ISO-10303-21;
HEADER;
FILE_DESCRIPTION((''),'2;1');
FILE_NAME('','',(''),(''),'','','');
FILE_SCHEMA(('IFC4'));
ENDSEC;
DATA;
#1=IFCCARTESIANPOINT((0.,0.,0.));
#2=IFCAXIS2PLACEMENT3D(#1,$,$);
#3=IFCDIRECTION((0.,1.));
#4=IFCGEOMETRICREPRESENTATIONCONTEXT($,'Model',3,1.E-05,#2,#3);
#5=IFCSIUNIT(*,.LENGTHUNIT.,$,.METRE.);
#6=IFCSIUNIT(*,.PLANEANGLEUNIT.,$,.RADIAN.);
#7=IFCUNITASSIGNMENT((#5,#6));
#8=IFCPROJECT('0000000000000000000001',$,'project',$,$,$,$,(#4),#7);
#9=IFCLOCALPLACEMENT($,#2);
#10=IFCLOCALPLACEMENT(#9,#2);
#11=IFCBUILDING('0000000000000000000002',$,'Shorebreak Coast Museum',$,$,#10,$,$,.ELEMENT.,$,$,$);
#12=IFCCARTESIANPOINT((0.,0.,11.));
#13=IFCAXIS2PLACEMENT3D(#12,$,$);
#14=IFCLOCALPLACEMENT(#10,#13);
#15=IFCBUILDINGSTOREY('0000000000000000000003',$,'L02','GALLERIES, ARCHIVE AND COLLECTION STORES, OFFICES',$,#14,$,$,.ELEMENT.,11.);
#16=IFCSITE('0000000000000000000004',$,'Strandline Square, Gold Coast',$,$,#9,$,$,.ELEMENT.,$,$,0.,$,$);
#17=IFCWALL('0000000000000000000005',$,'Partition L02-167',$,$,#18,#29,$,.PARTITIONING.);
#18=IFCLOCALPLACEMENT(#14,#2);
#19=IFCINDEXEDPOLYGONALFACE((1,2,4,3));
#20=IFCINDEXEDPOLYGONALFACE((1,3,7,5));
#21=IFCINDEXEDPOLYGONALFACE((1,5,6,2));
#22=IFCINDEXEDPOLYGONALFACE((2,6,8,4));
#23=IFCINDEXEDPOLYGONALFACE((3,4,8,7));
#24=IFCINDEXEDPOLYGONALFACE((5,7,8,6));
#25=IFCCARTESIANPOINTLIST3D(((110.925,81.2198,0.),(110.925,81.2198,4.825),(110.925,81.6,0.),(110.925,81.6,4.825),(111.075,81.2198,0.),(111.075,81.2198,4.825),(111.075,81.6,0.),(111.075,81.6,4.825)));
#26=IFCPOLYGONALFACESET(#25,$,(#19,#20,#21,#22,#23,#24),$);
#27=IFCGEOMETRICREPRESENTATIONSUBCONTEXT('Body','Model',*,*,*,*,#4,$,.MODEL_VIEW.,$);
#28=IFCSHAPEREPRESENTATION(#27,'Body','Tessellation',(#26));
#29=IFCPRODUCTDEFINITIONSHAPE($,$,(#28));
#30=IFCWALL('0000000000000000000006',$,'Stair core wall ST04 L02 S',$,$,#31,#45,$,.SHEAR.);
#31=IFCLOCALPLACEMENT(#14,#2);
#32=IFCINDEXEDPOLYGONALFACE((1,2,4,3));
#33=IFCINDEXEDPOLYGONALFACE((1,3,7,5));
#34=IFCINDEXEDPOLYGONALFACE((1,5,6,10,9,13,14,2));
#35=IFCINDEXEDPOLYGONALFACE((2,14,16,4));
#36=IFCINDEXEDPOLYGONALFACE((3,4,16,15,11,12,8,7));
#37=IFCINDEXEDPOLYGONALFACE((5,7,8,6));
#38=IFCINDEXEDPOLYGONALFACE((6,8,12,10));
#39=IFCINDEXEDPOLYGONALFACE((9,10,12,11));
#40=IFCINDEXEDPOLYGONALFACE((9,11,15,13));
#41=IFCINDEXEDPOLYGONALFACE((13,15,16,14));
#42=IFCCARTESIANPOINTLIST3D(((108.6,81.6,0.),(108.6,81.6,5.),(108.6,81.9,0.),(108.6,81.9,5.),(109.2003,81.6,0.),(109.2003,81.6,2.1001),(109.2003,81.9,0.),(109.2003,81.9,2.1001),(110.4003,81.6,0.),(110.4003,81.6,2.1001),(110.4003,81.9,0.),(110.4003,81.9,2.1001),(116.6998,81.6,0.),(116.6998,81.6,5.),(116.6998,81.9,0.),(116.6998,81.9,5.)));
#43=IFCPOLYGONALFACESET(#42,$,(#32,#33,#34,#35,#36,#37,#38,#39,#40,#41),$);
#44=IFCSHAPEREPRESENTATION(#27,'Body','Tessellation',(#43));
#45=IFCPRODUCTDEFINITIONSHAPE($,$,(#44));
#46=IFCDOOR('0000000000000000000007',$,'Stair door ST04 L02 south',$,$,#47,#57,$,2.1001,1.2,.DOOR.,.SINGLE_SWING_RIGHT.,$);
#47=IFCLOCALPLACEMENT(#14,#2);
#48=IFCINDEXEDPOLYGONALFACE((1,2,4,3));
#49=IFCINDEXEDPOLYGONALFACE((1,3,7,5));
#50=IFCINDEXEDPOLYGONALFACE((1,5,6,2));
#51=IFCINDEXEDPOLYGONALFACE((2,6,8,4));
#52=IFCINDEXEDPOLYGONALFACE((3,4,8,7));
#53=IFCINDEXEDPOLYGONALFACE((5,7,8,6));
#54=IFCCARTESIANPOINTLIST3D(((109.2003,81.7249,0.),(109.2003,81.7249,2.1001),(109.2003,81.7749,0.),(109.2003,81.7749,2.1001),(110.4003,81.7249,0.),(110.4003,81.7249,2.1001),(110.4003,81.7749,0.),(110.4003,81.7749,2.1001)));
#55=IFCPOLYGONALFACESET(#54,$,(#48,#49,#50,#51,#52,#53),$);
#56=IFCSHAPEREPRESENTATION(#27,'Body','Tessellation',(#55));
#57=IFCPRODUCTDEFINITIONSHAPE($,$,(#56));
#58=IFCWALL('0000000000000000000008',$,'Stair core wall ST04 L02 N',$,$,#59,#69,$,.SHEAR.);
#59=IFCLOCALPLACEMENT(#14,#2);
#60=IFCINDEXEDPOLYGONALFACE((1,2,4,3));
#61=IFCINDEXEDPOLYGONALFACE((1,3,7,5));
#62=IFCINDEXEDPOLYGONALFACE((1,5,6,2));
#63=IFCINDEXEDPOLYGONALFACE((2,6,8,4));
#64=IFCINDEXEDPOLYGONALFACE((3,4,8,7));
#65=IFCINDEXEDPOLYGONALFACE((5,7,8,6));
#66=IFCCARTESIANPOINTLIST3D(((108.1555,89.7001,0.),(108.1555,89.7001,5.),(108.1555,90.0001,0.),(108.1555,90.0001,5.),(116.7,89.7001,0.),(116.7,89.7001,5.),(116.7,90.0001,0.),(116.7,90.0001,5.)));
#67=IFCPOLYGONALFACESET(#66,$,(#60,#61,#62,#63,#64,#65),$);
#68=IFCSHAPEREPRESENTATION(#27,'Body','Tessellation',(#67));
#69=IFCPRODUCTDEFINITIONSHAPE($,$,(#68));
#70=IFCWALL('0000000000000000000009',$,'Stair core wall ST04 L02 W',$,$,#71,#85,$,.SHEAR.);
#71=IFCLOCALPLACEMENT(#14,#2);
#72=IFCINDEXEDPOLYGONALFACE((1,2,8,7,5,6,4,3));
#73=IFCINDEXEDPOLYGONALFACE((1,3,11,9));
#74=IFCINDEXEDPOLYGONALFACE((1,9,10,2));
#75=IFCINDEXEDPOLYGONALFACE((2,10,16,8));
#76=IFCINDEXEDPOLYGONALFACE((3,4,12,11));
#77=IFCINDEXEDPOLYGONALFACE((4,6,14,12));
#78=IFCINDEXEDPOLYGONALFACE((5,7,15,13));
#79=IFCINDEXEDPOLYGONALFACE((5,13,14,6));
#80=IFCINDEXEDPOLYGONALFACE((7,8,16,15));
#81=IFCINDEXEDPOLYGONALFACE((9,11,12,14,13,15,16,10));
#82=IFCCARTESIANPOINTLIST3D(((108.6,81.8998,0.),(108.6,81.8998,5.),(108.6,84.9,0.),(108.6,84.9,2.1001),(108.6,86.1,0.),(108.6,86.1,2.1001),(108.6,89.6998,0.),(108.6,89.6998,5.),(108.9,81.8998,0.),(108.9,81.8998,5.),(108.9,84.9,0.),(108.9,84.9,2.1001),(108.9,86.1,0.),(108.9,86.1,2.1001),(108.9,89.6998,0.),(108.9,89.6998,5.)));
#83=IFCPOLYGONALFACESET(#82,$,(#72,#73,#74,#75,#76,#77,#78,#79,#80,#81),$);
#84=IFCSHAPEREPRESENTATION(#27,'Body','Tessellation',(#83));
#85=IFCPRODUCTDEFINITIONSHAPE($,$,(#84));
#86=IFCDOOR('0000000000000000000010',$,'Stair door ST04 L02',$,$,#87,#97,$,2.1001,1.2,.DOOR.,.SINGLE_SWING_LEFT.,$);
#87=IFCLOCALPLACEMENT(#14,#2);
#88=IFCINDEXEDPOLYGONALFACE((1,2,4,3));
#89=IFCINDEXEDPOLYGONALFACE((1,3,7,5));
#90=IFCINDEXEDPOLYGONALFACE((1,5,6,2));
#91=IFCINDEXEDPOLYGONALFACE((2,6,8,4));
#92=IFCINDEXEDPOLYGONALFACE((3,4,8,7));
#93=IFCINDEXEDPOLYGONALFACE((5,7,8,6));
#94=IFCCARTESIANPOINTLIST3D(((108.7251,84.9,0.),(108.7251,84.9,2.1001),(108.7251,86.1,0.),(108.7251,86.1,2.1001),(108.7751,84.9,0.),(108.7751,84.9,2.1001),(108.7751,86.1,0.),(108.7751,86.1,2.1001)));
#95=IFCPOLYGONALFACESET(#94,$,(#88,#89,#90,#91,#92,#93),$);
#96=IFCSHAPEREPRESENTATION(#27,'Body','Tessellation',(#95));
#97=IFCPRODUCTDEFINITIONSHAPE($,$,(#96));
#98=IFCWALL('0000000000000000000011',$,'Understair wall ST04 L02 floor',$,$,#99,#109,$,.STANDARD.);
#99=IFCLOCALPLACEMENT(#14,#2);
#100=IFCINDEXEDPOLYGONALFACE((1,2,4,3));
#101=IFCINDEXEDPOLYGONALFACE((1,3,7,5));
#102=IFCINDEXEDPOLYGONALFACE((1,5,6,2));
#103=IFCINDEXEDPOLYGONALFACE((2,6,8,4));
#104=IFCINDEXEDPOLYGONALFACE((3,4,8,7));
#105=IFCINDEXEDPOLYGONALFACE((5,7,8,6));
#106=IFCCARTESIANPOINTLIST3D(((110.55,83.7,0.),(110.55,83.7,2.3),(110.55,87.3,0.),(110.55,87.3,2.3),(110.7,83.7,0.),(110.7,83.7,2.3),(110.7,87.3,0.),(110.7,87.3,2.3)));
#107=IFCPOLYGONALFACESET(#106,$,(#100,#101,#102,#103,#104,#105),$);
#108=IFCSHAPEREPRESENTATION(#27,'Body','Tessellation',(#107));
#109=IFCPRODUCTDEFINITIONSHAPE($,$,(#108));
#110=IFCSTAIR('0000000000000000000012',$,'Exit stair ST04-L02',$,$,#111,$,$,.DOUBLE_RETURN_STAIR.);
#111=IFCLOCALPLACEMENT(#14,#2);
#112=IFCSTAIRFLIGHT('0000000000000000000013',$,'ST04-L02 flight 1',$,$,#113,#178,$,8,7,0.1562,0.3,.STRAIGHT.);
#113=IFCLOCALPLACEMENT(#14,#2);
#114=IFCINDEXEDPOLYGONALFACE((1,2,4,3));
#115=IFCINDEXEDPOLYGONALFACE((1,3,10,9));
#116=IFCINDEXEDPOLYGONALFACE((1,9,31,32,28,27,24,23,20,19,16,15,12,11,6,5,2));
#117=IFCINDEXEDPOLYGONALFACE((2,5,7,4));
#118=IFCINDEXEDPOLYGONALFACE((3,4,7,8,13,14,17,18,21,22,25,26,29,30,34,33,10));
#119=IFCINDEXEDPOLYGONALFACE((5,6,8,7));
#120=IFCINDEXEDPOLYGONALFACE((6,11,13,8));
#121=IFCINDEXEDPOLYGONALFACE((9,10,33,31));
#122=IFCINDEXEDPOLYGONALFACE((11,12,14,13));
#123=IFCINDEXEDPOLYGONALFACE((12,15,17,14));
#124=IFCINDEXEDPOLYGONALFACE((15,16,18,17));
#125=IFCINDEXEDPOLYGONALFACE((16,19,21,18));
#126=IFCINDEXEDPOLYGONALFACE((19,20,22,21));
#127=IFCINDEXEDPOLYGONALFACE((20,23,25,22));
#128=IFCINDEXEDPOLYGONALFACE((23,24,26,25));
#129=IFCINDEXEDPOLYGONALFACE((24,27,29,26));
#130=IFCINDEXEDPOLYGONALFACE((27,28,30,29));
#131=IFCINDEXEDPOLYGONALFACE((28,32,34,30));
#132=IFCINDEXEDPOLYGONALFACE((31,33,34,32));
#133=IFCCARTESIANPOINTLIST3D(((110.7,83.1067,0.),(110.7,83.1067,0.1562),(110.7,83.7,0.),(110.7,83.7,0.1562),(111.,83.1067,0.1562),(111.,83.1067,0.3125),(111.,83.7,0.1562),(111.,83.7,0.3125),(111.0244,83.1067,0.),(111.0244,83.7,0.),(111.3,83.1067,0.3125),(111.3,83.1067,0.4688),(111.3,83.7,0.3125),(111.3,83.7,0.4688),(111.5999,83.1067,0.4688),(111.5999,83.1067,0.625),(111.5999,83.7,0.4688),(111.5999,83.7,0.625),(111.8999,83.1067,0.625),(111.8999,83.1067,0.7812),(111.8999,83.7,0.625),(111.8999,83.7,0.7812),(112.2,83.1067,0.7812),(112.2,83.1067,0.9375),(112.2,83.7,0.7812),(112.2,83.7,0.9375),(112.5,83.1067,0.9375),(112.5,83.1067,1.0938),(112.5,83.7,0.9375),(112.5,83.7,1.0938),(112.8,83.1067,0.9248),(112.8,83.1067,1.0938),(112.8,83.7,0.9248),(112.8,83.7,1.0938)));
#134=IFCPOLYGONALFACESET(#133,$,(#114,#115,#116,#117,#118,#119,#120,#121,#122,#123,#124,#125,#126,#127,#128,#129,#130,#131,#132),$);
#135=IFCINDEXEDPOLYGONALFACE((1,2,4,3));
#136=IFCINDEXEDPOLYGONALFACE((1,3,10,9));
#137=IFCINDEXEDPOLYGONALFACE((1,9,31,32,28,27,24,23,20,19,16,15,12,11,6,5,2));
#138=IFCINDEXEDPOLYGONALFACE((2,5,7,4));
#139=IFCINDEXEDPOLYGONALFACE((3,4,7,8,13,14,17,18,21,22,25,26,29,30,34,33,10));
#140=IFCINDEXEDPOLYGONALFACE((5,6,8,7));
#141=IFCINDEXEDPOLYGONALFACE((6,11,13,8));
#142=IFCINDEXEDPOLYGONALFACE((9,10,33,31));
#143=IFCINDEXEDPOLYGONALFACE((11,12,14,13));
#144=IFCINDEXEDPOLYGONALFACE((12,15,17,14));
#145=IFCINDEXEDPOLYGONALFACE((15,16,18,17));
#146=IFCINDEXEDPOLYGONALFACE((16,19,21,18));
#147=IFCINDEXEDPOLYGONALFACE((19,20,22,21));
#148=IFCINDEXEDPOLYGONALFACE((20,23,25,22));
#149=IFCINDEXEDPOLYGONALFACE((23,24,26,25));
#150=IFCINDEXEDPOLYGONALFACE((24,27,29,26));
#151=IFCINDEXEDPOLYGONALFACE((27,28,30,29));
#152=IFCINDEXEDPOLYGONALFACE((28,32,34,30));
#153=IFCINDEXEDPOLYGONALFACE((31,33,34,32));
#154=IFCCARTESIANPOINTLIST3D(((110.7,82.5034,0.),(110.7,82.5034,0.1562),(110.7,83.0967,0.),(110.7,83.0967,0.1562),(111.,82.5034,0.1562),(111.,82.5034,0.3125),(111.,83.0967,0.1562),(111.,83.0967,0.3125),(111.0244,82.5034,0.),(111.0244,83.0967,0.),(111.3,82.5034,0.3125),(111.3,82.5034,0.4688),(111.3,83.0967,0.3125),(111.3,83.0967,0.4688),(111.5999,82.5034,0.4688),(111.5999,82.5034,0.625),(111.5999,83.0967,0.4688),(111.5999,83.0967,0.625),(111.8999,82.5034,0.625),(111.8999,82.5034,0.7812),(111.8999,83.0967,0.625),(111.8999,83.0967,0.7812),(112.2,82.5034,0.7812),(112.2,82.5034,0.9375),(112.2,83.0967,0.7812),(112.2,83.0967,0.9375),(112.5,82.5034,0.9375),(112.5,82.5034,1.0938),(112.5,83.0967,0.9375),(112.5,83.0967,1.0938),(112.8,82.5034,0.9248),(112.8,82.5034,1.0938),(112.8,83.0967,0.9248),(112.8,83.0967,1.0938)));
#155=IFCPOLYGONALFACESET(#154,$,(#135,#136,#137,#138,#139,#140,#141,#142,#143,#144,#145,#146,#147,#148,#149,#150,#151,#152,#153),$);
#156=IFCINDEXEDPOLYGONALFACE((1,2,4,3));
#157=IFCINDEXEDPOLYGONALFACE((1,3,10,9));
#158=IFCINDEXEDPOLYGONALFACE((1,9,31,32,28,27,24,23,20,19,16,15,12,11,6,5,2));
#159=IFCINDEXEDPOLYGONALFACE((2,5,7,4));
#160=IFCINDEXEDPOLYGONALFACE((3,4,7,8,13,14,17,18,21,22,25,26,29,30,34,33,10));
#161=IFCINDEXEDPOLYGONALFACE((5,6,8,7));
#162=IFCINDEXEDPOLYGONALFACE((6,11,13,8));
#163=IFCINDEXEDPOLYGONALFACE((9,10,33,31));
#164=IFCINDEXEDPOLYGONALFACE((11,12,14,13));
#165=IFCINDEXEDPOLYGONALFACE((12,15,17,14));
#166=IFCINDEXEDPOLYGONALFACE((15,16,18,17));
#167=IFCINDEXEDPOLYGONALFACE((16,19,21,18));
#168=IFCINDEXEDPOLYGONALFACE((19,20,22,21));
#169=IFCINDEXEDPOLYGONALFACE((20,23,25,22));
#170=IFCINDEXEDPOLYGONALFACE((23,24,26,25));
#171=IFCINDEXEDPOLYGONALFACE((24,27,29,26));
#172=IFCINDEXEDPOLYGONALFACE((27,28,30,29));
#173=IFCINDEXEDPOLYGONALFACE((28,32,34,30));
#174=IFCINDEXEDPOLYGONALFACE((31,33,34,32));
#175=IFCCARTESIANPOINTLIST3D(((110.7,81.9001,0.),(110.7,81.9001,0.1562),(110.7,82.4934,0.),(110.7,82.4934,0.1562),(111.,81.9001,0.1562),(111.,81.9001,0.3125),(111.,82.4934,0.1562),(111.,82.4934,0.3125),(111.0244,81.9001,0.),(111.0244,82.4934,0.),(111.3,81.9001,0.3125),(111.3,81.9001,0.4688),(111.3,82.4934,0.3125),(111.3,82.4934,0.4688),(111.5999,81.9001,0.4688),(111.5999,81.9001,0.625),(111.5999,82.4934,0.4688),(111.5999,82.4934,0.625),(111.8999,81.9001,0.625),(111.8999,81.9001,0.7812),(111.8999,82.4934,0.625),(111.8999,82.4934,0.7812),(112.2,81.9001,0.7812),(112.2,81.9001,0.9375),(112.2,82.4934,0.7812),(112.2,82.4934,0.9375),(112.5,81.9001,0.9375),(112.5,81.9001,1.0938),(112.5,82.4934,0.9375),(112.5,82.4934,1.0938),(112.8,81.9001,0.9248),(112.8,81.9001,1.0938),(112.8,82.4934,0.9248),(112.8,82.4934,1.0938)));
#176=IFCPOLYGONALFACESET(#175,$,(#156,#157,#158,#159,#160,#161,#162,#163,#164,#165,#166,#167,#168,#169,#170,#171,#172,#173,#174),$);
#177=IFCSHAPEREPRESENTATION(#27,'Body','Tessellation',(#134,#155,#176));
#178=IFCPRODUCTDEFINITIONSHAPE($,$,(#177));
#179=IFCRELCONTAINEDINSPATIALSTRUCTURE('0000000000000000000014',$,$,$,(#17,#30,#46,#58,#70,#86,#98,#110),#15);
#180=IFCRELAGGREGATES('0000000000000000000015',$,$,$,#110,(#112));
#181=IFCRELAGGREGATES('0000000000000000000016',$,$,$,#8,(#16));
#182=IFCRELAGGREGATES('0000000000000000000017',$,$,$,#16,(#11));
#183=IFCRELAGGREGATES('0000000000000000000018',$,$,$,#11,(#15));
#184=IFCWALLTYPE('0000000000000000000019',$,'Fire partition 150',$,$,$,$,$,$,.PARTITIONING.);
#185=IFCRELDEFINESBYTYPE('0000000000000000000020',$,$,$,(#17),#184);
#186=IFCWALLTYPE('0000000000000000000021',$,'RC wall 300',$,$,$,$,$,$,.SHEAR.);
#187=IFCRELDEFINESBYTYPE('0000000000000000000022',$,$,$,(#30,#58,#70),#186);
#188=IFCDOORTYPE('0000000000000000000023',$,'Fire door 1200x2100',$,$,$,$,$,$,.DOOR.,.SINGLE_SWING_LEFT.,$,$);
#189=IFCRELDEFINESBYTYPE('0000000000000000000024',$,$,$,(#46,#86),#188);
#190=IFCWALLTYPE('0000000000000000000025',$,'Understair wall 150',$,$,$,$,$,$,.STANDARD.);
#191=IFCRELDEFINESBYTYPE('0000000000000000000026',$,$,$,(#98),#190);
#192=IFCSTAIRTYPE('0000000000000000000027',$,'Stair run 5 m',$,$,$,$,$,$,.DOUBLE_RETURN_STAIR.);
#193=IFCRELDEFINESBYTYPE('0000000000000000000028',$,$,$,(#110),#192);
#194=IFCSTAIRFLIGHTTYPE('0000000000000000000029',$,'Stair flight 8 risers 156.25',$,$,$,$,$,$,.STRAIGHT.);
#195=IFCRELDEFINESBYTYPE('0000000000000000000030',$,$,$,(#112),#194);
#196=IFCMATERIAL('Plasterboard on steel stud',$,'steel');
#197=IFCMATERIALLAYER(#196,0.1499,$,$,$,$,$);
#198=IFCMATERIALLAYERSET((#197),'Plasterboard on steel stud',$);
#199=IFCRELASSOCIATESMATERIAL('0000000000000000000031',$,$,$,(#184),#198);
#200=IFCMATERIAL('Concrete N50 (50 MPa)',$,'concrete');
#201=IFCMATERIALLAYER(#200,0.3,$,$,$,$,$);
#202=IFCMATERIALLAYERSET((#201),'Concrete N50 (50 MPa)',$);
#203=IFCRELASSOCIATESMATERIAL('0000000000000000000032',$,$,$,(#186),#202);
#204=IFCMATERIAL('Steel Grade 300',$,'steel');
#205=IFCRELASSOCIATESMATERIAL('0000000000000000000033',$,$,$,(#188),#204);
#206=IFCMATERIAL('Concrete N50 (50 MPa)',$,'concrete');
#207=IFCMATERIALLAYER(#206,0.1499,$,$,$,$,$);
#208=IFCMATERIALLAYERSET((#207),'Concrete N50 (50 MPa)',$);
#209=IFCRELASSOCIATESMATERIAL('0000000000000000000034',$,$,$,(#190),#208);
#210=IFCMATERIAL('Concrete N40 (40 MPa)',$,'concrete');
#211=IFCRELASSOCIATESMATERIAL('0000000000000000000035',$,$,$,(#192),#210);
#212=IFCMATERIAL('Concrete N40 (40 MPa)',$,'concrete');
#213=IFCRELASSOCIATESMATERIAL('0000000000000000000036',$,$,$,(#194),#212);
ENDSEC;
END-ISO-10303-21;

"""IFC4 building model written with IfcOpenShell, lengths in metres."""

from ifc_helpers import new_model, si_unit, direction, frame, frame_2d, origin, place, context, subcontext, project, spatial, polyline, rectangle, outline, extrude, material, layer, layer_set, type_object, element, fill, aggregate, save


model = new_model("IFC4")

# Units and contexts
model_context = context("Model", 3, precision=1e-05, world=origin(), true_north=direction((0.0, 1.0)))
body_context = subcontext(model_context, "Body", "Model", "MODEL_VIEW")
ifc_project = project(units=[si_unit("LENGTHUNIT", "METRE"), si_unit("PLANEANGLEUNIT", "RADIAN")], contexts=[model_context])

# Site, building, storey
site_placement = place(None, origin())
site = spatial("IfcSite", under=ifc_project, at=site_placement, Name="Strandline Square, Gold Coast", CompositionType="ELEMENT", RefElevation=0.0)
building_placement = place(site_placement, origin())
building = spatial("IfcBuilding", under=site, at=building_placement, Name="Shorebreak Coast Museum", CompositionType="ELEMENT")
storey_placement = place(building_placement, frame((0.0, 0.0, 11.0)))
storey = spatial("IfcBuildingStorey", under=building, at=storey_placement, Name="L02", Description="GALLERIES, ARCHIVE AND COLLECTION STORES, OFFICES", CompositionType="ELEMENT", Elevation=11.0)

# Wall
ifc_material_1 = material(Name="Plasterboard on steel stud", Category="steel")
ifc_layer_1 = layer(ifc_material_1, 0.1499)
ifc_layer_set_1 = layer_set([ifc_layer_1], Name="Plasterboard on steel stud")
wall_type_1 = type_object("IfcWallType", Name="Fire partition 150", PredefinedType="PARTITIONING", material=ifc_layer_set_1)
wall_1_placement = place(storey_placement, frame((111.0, 81.22, 0.0), z_axis=(0.0, 0.0, 1.0), x_axis=(0.0, 1.0, 0.0)))
element("IfcWall", 1, at=wall_1_placement, inside=storey, type_object=wall_type_1, Name="Partition L02-167", PredefinedType="PARTITIONING", context=body_context, shape_type="SweptSolid", body=[
    extrude(rectangle(XDim=0.3801, YDim=0.1499, at=frame_2d((0.1899, 0.0))), origin(), (0.0, 0.0, 1.0), 4.825),
])

# Wall, opening, door
ifc_material_2 = material(Name="Concrete N50 (50 MPa)", Category="concrete")
ifc_layer_2 = layer(ifc_material_2, 0.3)
ifc_layer_set_2 = layer_set([ifc_layer_2], Name="Concrete N50 (50 MPa)")
wall_type_2 = type_object("IfcWallType", Name="RC wall 300", PredefinedType="SHEAR", material=ifc_layer_set_2)
wall_2_placement = place(storey_placement, frame((108.6001, 81.75, 0.0), z_axis=(0.0, 0.0, 1.0), x_axis=(1.0, 0.0, 0.0)))
wall_2 = element("IfcWall", 2, at=wall_2_placement, inside=storey, type_object=wall_type_2, Name="Stair core wall ST04 L02 S", PredefinedType="SHEAR", context=body_context, shape_type="SweptSolid", body=[
    extrude(rectangle(XDim=8.0999, YDim=0.3, at=frame_2d((4.0498, 0.0))), origin(), (0.0, 0.0, 1.0), 5.0),
])
opening_1_placement = place(wall_2_placement, frame((0.6001, 0.0, 0.0)))
opening_1 = element("IfcOpeningElement", 3, at=opening_1_placement, cuts=wall_2, PredefinedType="OPENING", context=body_context, shape_type="SweptSolid", body=[
    extrude(rectangle(XDim=1.2, YDim=2.1001, at=frame_2d((0.6001, 1.05))), frame((0.0, 0.1599, 0.0), z_axis=(0.0, -1.0, 0.0), x_axis=(1.0, 0.0, 0.0)), (0.0, 0.0, 1.0), 0.3201),
])
ifc_material_3 = material(Name="Steel Grade 300", Category="steel")
door_type = type_object("IfcDoorType", Name="Fire door 1200x2100", OperationType="SINGLE_SWING_LEFT", PredefinedType="DOOR", material=ifc_material_3)
door_1_placement = place(opening_1_placement, origin())
door_1 = element("IfcDoor", 4, at=door_1_placement, inside=storey, type_object=door_type, Name="Stair door ST04 L02 south", OperationType="SINGLE_SWING_RIGHT", OverallHeight=2.1001, OverallWidth=1.2, PredefinedType="DOOR", context=body_context, shape_type="SweptSolid", body=[
    extrude(rectangle(XDim=1.2, YDim=2.1001, at=frame_2d((0.6001, 1.05))), frame((0.0, 0.0249, 0.0), z_axis=(0.0, -1.0, 0.0), x_axis=(1.0, 0.0, 0.0)), (0.0, 0.0, 1.0), 0.05),
])
fill(opening_1, door_1)

# Wall
wall_3_placement = place(storey_placement, frame((108.1555, 89.8501, 0.0), z_axis=(0.0, 0.0, 1.0), x_axis=(1.0, 0.0, 0.0)))
element("IfcWall", 5, at=wall_3_placement, inside=storey, type_object=wall_type_2, Name="Stair core wall ST04 L02 N", PredefinedType="SHEAR", context=body_context, shape_type="SweptSolid", body=[
    extrude(rectangle(XDim=8.5444, YDim=0.3, at=frame_2d((4.2722, 0.0))), origin(), (0.0, 0.0, 1.0), 5.0),
])

# Wall, opening, door
wall_4_placement = place(storey_placement, frame((108.75, 81.8999, 0.0), z_axis=(0.0, 0.0, 1.0), x_axis=(0.0, 1.0, 0.0)))
wall_4 = element("IfcWall", 6, at=wall_4_placement, inside=storey, type_object=wall_type_2, Name="Stair core wall ST04 L02 W", PredefinedType="SHEAR", context=body_context, shape_type="SweptSolid", body=[
    extrude(rectangle(XDim=7.8, YDim=0.3, at=frame_2d((3.8999, 0.0))), origin(), (0.0, 0.0, 1.0), 5.0),
])
opening_2_placement = place(wall_4_placement, frame((3.0, 0.0, 0.0)))
opening_2 = element("IfcOpeningElement", 7, at=opening_2_placement, cuts=wall_4, PredefinedType="OPENING", context=body_context, shape_type="SweptSolid", body=[
    extrude(rectangle(XDim=1.2, YDim=2.1001, at=frame_2d((0.6001, 1.05))), frame((0.0, 0.1599, 0.0), z_axis=(0.0, -1.0, 0.0), x_axis=(1.0, 0.0, 0.0)), (0.0, 0.0, 1.0), 0.3201),
])
door_2_placement = place(opening_2_placement, origin())
door_2 = element("IfcDoor", 8, at=door_2_placement, inside=storey, type_object=door_type, Name="Stair door ST04 L02", OperationType="SINGLE_SWING_LEFT", OverallHeight=2.1001, OverallWidth=1.2, PredefinedType="DOOR", context=body_context, shape_type="SweptSolid", body=[
    extrude(rectangle(XDim=1.2, YDim=2.1001, at=frame_2d((0.6001, 1.05))), frame((0.0, 0.0249, 0.0), z_axis=(0.0, -1.0, 0.0), x_axis=(1.0, 0.0, 0.0)), (0.0, 0.0, 1.0), 0.05),
])
fill(opening_2, door_2)

# Wall
ifc_material_4 = material(Name="Concrete N50 (50 MPa)", Category="concrete")
ifc_layer_3 = layer(ifc_material_4, 0.1499)
ifc_layer_set_3 = layer_set([ifc_layer_3], Name="Concrete N50 (50 MPa)")
wall_type_3 = type_object("IfcWallType", Name="Understair wall 150", PredefinedType="STANDARD", material=ifc_layer_set_3)
wall_5_placement = place(storey_placement, frame((110.625, 83.7, 0.0), z_axis=(0.0, 0.0, 1.0), x_axis=(0.0, 1.0, 0.0)))
element("IfcWall", 9, at=wall_5_placement, inside=storey, type_object=wall_type_3, Name="Understair wall ST04 L02 floor", PredefinedType="STANDARD", context=body_context, shape_type="SweptSolid", body=[
    extrude(rectangle(XDim=3.6001, YDim=0.1499, at=frame_2d((1.8, 0.0))), origin(), (0.0, 0.0, 1.0), 2.3),
])

# Stair, stair flight
ifc_material_5 = material(Name="Concrete N40 (40 MPa)", Category="concrete")
stair_type = type_object("IfcStairType", Name="Stair run 5 m", PredefinedType="DOUBLE_RETURN_STAIR", material=ifc_material_5)
stair_placement = place(storey_placement, origin())
stair = element("IfcStair", 10, at=stair_placement, inside=storey, type_object=stair_type, Name="Exit stair ST04-L02", PredefinedType="DOUBLE_RETURN_STAIR")
ifc_material_6 = material(Name="Concrete N40 (40 MPa)", Category="concrete")
stair_flight_type = type_object("IfcStairFlightType", Name="Stair flight 8 risers 156.25", PredefinedType="STRAIGHT", material=ifc_material_6)
stair_flight_1_placement = place(storey_placement, frame((110.7, 82.8, 0.0), z_axis=(0.0, 0.0, 1.0), x_axis=(1.0, 0.0, 0.0)))
stair_flight_1 = element("IfcStairFlight", 11, at=stair_flight_1_placement, type_object=stair_flight_type, Name="ST04-L02 flight 1", NumberOfRisers=8, NumberOfTreads=7, PredefinedType="STRAIGHT", RiserHeight=0.1562, TreadLength=0.3, context=body_context, shape_type="SweptSolid", body=[
    extrude(outline(polyline([(0.0, 0.0), (0.0, 0.1562), (0.3, 0.1562), (0.3, 0.3125), (0.6001, 0.3125), (0.6001, 0.4688), (0.8999, 0.4688), (0.8999, 0.625), (1.2, 0.625), (1.2, 0.7812), (1.5, 0.7812), (1.5, 0.9375), (1.8, 0.9375), (1.8, 1.0938), (2.1001, 1.0938), (2.1001, 1.25), (2.1001, 0.9248), (0.3245, 0.0), (0.0, 0.0)])), frame((0.0, 0.8999, 0.0), z_axis=(0.0, -1.0, 0.0), x_axis=(1.0, 0.0, 0.0)), (0.0, 0.0, 1.0), 0.5933),
    extrude(outline(polyline([(0.0, 0.0), (0.0, 0.1562), (0.3, 0.1562), (0.3, 0.3125), (0.6001, 0.3125), (0.6001, 0.4688), (0.8999, 0.4688), (0.8999, 0.625), (1.2, 0.625), (1.2, 0.7812), (1.5, 0.7812), (1.5, 0.9375), (1.8, 0.9375), (1.8, 1.0938), (2.1001, 1.0938), (2.1001, 1.25), (2.1001, 0.9248), (0.3245, 0.0), (0.0, 0.0)])), frame((0.0, 0.2966, 0.0), z_axis=(0.0, -1.0, 0.0), x_axis=(1.0, 0.0, 0.0)), (0.0, 0.0, 1.0), 0.5933),
    extrude(outline(polyline([(0.0, 0.0), (0.0, 0.1562), (0.3, 0.1562), (0.3, 0.3125), (0.6001, 0.3125), (0.6001, 0.4688), (0.8999, 0.4688), (0.8999, 0.625), (1.2, 0.625), (1.2, 0.7812), (1.5, 0.7812), (1.5, 0.9375), (1.8, 0.9375), (1.8, 1.0938), (2.1001, 1.0938), (2.1001, 1.25), (2.1001, 0.9248), (0.3245, 0.0), (0.0, 0.0)])), frame((0.0, -0.3066, 0.0), z_axis=(0.0, -1.0, 0.0), x_axis=(1.0, 0.0, 0.0)), (0.0, 0.0, 1.0), 0.5933),
])
aggregate(stair, [stair_flight_1])

save(model, "model.ifc")
